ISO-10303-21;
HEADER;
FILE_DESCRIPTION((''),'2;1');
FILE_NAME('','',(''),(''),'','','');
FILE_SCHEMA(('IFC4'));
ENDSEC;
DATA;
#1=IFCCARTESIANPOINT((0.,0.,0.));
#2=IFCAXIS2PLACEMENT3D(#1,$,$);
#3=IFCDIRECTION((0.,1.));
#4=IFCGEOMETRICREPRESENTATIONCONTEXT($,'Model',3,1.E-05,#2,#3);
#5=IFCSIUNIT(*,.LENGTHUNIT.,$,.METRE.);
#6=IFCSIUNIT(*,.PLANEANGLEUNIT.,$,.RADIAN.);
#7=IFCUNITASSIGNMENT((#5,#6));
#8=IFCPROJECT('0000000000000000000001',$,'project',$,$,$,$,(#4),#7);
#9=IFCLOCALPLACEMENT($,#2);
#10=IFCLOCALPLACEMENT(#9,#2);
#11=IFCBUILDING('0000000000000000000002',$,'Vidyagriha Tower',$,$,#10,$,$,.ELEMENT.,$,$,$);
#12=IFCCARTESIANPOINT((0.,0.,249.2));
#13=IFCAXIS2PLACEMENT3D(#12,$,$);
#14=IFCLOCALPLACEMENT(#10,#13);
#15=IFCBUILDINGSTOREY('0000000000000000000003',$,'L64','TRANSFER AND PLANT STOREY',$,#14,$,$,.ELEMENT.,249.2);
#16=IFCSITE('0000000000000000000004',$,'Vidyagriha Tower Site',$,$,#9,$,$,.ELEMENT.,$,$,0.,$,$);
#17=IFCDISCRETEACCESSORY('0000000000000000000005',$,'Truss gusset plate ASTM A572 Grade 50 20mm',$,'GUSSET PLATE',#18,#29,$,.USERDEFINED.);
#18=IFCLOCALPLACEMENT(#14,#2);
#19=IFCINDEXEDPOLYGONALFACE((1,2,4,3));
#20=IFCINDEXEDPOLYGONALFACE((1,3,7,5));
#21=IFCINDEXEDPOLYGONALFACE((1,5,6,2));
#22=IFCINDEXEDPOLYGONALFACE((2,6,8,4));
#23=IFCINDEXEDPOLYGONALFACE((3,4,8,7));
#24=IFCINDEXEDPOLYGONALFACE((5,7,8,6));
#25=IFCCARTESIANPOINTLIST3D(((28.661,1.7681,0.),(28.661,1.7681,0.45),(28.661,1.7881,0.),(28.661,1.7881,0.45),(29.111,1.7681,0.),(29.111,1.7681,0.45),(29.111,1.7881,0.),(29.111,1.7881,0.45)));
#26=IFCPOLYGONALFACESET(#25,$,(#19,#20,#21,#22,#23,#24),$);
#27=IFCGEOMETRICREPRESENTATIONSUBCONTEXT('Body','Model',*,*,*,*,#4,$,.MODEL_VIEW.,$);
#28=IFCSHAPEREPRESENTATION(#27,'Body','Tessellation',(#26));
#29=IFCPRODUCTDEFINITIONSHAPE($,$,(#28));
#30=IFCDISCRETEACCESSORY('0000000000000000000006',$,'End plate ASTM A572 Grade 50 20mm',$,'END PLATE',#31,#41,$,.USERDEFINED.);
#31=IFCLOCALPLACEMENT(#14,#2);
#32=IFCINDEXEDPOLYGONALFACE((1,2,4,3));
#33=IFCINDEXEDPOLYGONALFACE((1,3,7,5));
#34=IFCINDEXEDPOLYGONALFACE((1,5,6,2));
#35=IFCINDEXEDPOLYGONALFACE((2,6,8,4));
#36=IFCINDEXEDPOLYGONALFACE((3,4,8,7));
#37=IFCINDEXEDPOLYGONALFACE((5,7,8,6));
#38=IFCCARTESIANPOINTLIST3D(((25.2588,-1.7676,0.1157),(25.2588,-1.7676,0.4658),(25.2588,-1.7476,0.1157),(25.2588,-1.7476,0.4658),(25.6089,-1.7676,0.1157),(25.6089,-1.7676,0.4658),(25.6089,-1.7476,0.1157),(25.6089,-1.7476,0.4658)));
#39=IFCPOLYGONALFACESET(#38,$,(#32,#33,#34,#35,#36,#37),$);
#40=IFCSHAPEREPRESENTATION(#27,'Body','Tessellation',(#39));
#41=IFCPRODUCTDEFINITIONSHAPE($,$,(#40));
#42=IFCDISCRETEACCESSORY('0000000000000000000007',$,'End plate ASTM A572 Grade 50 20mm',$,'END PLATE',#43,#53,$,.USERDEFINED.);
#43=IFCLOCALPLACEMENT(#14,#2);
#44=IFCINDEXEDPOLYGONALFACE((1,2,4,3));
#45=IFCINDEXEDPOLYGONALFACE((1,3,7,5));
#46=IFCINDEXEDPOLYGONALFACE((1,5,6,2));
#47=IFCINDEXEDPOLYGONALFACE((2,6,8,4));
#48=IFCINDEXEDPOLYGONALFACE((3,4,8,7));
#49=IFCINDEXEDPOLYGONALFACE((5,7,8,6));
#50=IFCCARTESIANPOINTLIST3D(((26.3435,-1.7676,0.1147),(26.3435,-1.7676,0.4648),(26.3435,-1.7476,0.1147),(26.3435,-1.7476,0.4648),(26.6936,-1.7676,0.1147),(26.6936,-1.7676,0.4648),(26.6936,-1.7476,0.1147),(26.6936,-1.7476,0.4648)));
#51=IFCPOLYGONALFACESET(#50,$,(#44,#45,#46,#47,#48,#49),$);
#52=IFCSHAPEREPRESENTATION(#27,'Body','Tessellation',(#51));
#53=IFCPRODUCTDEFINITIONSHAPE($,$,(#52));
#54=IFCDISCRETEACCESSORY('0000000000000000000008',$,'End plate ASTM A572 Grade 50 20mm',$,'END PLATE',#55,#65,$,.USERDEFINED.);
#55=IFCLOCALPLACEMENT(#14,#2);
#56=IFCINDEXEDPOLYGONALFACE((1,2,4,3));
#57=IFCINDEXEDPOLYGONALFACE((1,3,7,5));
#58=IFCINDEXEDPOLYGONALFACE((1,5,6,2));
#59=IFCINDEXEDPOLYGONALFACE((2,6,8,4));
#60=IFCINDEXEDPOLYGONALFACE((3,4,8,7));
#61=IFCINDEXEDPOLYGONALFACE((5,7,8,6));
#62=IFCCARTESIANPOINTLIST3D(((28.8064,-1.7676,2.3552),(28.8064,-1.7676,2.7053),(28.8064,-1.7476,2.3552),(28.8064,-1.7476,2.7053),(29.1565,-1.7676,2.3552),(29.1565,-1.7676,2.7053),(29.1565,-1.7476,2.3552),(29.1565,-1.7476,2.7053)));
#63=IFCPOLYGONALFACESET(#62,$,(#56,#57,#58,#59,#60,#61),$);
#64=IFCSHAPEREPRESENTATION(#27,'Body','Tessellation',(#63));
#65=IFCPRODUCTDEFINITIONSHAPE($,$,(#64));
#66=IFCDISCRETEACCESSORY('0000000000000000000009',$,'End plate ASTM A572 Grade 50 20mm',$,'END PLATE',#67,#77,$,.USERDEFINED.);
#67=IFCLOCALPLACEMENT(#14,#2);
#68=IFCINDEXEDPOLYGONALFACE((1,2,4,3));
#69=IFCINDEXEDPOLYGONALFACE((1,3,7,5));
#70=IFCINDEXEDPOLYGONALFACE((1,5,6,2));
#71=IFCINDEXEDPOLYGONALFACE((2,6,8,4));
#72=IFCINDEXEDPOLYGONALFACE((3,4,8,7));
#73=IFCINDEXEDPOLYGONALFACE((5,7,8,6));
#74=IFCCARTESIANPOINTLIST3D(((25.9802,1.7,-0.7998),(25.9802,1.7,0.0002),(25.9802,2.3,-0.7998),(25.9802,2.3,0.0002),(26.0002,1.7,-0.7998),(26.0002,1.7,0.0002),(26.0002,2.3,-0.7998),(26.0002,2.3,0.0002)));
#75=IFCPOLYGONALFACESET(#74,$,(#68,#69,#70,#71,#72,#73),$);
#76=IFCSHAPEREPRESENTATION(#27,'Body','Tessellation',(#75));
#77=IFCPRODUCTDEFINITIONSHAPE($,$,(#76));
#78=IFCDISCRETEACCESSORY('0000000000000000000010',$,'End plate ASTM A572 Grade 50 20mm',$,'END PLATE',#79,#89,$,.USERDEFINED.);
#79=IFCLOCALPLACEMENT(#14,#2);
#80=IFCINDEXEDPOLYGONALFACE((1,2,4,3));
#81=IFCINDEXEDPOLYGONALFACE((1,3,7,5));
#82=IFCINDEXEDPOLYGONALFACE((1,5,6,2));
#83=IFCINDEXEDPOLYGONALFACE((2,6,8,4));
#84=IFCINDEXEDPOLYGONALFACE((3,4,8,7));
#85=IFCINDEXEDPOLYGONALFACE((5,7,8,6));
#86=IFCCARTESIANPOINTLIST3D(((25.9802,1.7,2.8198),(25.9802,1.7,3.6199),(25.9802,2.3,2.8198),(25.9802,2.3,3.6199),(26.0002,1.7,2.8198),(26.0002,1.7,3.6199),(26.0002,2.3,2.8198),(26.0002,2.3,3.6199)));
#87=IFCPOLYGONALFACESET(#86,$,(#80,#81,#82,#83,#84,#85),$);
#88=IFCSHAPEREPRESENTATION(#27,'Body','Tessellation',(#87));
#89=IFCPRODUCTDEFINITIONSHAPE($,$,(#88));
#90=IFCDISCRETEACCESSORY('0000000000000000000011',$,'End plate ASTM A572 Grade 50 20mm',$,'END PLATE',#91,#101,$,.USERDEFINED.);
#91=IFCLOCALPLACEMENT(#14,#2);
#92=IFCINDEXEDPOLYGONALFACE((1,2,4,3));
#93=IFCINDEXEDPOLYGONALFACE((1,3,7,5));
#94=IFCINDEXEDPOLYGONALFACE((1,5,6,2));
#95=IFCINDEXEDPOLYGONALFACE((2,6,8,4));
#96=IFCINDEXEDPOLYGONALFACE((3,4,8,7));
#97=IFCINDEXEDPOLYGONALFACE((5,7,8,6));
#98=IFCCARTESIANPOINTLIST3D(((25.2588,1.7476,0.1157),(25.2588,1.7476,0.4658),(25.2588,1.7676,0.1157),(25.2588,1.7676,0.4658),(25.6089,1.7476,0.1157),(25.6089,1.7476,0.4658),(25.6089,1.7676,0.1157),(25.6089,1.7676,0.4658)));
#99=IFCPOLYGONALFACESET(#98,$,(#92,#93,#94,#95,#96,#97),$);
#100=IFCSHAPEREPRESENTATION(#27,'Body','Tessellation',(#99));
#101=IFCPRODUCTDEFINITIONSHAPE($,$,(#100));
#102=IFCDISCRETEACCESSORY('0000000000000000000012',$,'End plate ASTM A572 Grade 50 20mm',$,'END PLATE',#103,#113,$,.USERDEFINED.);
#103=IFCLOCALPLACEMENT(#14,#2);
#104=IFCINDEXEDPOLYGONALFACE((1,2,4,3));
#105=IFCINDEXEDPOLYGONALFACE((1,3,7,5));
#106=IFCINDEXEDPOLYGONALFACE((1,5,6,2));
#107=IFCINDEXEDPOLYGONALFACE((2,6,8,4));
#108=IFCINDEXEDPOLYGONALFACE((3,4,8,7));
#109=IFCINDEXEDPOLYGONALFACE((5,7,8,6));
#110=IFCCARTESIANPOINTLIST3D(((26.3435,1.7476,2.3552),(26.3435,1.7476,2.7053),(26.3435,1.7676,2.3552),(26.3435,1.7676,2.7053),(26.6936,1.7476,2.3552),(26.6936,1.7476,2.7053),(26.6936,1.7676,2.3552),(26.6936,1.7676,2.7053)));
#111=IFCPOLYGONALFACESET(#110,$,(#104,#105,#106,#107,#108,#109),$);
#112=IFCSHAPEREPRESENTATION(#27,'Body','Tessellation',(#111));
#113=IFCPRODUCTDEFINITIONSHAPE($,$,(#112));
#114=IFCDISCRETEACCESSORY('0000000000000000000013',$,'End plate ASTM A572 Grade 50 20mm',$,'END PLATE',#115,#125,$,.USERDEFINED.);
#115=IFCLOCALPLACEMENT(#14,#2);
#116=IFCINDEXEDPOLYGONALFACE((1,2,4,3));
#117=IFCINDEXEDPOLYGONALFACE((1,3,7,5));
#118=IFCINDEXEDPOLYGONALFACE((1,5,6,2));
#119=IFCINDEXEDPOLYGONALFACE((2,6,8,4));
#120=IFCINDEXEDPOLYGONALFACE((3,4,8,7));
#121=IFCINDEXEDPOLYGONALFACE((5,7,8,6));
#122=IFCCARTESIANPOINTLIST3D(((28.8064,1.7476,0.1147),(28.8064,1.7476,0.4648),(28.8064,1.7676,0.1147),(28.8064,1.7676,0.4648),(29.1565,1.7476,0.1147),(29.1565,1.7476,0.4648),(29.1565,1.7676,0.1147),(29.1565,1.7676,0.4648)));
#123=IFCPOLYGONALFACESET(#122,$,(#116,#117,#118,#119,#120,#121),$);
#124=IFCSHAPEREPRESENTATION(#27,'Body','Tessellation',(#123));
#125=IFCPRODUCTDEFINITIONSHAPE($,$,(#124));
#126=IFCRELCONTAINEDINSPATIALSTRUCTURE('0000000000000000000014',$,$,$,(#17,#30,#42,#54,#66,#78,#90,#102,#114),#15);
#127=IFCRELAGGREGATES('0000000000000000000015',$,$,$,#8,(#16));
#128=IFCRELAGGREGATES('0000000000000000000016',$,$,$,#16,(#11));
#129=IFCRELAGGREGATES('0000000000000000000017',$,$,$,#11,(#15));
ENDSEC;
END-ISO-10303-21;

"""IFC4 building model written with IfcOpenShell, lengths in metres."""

from ifc_helpers import new_model, si_unit, direction, frame, origin, origin_2d, place, context, subcontext, project, spatial, rectangle, extrude, element, save


model = new_model("IFC4")

# Units and contexts
model_context = context("Model", 3, precision=1e-05, world=origin(), true_north=direction((0.0, 1.0)))
body_context = subcontext(model_context, "Body", "Model", "MODEL_VIEW")
ifc_project = project(units=[si_unit("LENGTHUNIT", "METRE"), si_unit("PLANEANGLEUNIT", "RADIAN")], contexts=[model_context])

# Site, building, storey
site_placement = place(None, origin())
site = spatial("IfcSite", under=ifc_project, at=site_placement, Name="Vidyagriha Tower Site", CompositionType="ELEMENT", RefElevation=0.0)
building_placement = place(site_placement, origin())
building = spatial("IfcBuilding", under=site, at=building_placement, Name="Vidyagriha Tower", CompositionType="ELEMENT")
storey_placement = place(building_placement, frame((0.0, 0.0, 249.2)))
storey = spatial("IfcBuildingStorey", under=building, at=storey_placement, Name="L64", Description="TRANSFER AND PLANT STOREY", CompositionType="ELEMENT", Elevation=249.2)

# Discrete accessories
for number, where, name in (
    (1, (28.886, 1.7781, 0.0), "Truss gusset plate ASTM A572 Grade 50 20mm"),
):
    element("IfcDiscreteAccessory", number, at=place(storey_placement, frame(where)), inside=storey, Name=name, ObjectType="GUSSET PLATE", PredefinedType="USERDEFINED", context=body_context, shape_type="SweptSolid", body=[
        extrude(rectangle(XDim=0.45, YDim=0.02, at=origin_2d()), origin(), (0.0, 0.0, 1.0), 0.45),
    ])
discrete_accessory_1_placement = place(storey_placement, frame((25.4338, -1.7576, 0.1157)))
element("IfcDiscreteAccessory", 2, at=discrete_accessory_1_placement, inside=storey, Name="End plate ASTM A572 Grade 50 20mm", ObjectType="END PLATE", PredefinedType="USERDEFINED", context=body_context, shape_type="SweptSolid", body=[
    extrude(rectangle(XDim=0.3501, YDim=0.02, at=origin_2d()), origin(), (0.0, 0.0, 1.0), 0.3501),
])
discrete_accessory_2_placement = place(storey_placement, frame((26.5186, -1.7576, 0.1147), z_axis=(0.0, 0.0, 1.0), x_axis=(-1.0, 0.0, 0.0)))
element("IfcDiscreteAccessory", 3, at=discrete_accessory_2_placement, inside=storey, Name="End plate ASTM A572 Grade 50 20mm", ObjectType="END PLATE", PredefinedType="USERDEFINED", context=body_context, shape_type="SweptSolid", body=[
    extrude(rectangle(XDim=0.3501, YDim=0.02, at=origin_2d()), origin(), (0.0, 0.0, 1.0), 0.3501),
])
discrete_accessory_3_placement = place(storey_placement, frame((28.9814, -1.7576, 2.3552)))
element("IfcDiscreteAccessory", 4, at=discrete_accessory_3_placement, inside=storey, Name="End plate ASTM A572 Grade 50 20mm", ObjectType="END PLATE", PredefinedType="USERDEFINED", context=body_context, shape_type="SweptSolid", body=[
    extrude(rectangle(XDim=0.3501, YDim=0.02, at=origin_2d()), origin(), (0.0, 0.0, 1.0), 0.3501),
])
for number, where, name in (
    (5, (25.9902, 2.0, -0.7998), "End plate ASTM A572 Grade 50 20mm"),
    (6, (25.9902, 2.0, 2.8198), "End plate ASTM A572 Grade 50 20mm"),
):
    element("IfcDiscreteAccessory", number, at=place(storey_placement, frame(where)), inside=storey, Name=name, ObjectType="END PLATE", PredefinedType="USERDEFINED", context=body_context, shape_type="SweptSolid", body=[
        extrude(rectangle(XDim=0.02, YDim=0.6001, at=origin_2d()), origin(), (0.0, 0.0, 1.0), 0.8),
    ])
discrete_accessory_4_placement = place(storey_placement, frame((25.4338, 1.7576, 0.1157)))
element("IfcDiscreteAccessory", 7, at=discrete_accessory_4_placement, inside=storey, Name="End plate ASTM A572 Grade 50 20mm", ObjectType="END PLATE", PredefinedType="USERDEFINED", context=body_context, shape_type="SweptSolid", body=[
    extrude(rectangle(XDim=0.3501, YDim=0.02, at=origin_2d()), origin(), (0.0, 0.0, 1.0), 0.3501),
])
discrete_accessory_5_placement = place(storey_placement, frame((26.5186, 1.7576, 2.3552), z_axis=(0.0, 0.0, 1.0), x_axis=(-1.0, 0.0, 0.0)))
element("IfcDiscreteAccessory", 8, at=discrete_accessory_5_placement, inside=storey, Name="End plate ASTM A572 Grade 50 20mm", ObjectType="END PLATE", PredefinedType="USERDEFINED", context=body_context, shape_type="SweptSolid", body=[
    extrude(rectangle(XDim=0.3501, YDim=0.02, at=origin_2d()), origin(), (0.0, 0.0, 1.0), 0.3501),
])
discrete_accessory_6_placement = place(storey_placement, frame((28.9814, 1.7576, 0.1147)))
element("IfcDiscreteAccessory", 9, at=discrete_accessory_6_placement, inside=storey, Name="End plate ASTM A572 Grade 50 20mm", ObjectType="END PLATE", PredefinedType="USERDEFINED", context=body_context, shape_type="SweptSolid", body=[
    extrude(rectangle(XDim=0.3501, YDim=0.02, at=origin_2d()), origin(), (0.0, 0.0, 1.0), 0.3501),
])

save(model, "model.ifc")
